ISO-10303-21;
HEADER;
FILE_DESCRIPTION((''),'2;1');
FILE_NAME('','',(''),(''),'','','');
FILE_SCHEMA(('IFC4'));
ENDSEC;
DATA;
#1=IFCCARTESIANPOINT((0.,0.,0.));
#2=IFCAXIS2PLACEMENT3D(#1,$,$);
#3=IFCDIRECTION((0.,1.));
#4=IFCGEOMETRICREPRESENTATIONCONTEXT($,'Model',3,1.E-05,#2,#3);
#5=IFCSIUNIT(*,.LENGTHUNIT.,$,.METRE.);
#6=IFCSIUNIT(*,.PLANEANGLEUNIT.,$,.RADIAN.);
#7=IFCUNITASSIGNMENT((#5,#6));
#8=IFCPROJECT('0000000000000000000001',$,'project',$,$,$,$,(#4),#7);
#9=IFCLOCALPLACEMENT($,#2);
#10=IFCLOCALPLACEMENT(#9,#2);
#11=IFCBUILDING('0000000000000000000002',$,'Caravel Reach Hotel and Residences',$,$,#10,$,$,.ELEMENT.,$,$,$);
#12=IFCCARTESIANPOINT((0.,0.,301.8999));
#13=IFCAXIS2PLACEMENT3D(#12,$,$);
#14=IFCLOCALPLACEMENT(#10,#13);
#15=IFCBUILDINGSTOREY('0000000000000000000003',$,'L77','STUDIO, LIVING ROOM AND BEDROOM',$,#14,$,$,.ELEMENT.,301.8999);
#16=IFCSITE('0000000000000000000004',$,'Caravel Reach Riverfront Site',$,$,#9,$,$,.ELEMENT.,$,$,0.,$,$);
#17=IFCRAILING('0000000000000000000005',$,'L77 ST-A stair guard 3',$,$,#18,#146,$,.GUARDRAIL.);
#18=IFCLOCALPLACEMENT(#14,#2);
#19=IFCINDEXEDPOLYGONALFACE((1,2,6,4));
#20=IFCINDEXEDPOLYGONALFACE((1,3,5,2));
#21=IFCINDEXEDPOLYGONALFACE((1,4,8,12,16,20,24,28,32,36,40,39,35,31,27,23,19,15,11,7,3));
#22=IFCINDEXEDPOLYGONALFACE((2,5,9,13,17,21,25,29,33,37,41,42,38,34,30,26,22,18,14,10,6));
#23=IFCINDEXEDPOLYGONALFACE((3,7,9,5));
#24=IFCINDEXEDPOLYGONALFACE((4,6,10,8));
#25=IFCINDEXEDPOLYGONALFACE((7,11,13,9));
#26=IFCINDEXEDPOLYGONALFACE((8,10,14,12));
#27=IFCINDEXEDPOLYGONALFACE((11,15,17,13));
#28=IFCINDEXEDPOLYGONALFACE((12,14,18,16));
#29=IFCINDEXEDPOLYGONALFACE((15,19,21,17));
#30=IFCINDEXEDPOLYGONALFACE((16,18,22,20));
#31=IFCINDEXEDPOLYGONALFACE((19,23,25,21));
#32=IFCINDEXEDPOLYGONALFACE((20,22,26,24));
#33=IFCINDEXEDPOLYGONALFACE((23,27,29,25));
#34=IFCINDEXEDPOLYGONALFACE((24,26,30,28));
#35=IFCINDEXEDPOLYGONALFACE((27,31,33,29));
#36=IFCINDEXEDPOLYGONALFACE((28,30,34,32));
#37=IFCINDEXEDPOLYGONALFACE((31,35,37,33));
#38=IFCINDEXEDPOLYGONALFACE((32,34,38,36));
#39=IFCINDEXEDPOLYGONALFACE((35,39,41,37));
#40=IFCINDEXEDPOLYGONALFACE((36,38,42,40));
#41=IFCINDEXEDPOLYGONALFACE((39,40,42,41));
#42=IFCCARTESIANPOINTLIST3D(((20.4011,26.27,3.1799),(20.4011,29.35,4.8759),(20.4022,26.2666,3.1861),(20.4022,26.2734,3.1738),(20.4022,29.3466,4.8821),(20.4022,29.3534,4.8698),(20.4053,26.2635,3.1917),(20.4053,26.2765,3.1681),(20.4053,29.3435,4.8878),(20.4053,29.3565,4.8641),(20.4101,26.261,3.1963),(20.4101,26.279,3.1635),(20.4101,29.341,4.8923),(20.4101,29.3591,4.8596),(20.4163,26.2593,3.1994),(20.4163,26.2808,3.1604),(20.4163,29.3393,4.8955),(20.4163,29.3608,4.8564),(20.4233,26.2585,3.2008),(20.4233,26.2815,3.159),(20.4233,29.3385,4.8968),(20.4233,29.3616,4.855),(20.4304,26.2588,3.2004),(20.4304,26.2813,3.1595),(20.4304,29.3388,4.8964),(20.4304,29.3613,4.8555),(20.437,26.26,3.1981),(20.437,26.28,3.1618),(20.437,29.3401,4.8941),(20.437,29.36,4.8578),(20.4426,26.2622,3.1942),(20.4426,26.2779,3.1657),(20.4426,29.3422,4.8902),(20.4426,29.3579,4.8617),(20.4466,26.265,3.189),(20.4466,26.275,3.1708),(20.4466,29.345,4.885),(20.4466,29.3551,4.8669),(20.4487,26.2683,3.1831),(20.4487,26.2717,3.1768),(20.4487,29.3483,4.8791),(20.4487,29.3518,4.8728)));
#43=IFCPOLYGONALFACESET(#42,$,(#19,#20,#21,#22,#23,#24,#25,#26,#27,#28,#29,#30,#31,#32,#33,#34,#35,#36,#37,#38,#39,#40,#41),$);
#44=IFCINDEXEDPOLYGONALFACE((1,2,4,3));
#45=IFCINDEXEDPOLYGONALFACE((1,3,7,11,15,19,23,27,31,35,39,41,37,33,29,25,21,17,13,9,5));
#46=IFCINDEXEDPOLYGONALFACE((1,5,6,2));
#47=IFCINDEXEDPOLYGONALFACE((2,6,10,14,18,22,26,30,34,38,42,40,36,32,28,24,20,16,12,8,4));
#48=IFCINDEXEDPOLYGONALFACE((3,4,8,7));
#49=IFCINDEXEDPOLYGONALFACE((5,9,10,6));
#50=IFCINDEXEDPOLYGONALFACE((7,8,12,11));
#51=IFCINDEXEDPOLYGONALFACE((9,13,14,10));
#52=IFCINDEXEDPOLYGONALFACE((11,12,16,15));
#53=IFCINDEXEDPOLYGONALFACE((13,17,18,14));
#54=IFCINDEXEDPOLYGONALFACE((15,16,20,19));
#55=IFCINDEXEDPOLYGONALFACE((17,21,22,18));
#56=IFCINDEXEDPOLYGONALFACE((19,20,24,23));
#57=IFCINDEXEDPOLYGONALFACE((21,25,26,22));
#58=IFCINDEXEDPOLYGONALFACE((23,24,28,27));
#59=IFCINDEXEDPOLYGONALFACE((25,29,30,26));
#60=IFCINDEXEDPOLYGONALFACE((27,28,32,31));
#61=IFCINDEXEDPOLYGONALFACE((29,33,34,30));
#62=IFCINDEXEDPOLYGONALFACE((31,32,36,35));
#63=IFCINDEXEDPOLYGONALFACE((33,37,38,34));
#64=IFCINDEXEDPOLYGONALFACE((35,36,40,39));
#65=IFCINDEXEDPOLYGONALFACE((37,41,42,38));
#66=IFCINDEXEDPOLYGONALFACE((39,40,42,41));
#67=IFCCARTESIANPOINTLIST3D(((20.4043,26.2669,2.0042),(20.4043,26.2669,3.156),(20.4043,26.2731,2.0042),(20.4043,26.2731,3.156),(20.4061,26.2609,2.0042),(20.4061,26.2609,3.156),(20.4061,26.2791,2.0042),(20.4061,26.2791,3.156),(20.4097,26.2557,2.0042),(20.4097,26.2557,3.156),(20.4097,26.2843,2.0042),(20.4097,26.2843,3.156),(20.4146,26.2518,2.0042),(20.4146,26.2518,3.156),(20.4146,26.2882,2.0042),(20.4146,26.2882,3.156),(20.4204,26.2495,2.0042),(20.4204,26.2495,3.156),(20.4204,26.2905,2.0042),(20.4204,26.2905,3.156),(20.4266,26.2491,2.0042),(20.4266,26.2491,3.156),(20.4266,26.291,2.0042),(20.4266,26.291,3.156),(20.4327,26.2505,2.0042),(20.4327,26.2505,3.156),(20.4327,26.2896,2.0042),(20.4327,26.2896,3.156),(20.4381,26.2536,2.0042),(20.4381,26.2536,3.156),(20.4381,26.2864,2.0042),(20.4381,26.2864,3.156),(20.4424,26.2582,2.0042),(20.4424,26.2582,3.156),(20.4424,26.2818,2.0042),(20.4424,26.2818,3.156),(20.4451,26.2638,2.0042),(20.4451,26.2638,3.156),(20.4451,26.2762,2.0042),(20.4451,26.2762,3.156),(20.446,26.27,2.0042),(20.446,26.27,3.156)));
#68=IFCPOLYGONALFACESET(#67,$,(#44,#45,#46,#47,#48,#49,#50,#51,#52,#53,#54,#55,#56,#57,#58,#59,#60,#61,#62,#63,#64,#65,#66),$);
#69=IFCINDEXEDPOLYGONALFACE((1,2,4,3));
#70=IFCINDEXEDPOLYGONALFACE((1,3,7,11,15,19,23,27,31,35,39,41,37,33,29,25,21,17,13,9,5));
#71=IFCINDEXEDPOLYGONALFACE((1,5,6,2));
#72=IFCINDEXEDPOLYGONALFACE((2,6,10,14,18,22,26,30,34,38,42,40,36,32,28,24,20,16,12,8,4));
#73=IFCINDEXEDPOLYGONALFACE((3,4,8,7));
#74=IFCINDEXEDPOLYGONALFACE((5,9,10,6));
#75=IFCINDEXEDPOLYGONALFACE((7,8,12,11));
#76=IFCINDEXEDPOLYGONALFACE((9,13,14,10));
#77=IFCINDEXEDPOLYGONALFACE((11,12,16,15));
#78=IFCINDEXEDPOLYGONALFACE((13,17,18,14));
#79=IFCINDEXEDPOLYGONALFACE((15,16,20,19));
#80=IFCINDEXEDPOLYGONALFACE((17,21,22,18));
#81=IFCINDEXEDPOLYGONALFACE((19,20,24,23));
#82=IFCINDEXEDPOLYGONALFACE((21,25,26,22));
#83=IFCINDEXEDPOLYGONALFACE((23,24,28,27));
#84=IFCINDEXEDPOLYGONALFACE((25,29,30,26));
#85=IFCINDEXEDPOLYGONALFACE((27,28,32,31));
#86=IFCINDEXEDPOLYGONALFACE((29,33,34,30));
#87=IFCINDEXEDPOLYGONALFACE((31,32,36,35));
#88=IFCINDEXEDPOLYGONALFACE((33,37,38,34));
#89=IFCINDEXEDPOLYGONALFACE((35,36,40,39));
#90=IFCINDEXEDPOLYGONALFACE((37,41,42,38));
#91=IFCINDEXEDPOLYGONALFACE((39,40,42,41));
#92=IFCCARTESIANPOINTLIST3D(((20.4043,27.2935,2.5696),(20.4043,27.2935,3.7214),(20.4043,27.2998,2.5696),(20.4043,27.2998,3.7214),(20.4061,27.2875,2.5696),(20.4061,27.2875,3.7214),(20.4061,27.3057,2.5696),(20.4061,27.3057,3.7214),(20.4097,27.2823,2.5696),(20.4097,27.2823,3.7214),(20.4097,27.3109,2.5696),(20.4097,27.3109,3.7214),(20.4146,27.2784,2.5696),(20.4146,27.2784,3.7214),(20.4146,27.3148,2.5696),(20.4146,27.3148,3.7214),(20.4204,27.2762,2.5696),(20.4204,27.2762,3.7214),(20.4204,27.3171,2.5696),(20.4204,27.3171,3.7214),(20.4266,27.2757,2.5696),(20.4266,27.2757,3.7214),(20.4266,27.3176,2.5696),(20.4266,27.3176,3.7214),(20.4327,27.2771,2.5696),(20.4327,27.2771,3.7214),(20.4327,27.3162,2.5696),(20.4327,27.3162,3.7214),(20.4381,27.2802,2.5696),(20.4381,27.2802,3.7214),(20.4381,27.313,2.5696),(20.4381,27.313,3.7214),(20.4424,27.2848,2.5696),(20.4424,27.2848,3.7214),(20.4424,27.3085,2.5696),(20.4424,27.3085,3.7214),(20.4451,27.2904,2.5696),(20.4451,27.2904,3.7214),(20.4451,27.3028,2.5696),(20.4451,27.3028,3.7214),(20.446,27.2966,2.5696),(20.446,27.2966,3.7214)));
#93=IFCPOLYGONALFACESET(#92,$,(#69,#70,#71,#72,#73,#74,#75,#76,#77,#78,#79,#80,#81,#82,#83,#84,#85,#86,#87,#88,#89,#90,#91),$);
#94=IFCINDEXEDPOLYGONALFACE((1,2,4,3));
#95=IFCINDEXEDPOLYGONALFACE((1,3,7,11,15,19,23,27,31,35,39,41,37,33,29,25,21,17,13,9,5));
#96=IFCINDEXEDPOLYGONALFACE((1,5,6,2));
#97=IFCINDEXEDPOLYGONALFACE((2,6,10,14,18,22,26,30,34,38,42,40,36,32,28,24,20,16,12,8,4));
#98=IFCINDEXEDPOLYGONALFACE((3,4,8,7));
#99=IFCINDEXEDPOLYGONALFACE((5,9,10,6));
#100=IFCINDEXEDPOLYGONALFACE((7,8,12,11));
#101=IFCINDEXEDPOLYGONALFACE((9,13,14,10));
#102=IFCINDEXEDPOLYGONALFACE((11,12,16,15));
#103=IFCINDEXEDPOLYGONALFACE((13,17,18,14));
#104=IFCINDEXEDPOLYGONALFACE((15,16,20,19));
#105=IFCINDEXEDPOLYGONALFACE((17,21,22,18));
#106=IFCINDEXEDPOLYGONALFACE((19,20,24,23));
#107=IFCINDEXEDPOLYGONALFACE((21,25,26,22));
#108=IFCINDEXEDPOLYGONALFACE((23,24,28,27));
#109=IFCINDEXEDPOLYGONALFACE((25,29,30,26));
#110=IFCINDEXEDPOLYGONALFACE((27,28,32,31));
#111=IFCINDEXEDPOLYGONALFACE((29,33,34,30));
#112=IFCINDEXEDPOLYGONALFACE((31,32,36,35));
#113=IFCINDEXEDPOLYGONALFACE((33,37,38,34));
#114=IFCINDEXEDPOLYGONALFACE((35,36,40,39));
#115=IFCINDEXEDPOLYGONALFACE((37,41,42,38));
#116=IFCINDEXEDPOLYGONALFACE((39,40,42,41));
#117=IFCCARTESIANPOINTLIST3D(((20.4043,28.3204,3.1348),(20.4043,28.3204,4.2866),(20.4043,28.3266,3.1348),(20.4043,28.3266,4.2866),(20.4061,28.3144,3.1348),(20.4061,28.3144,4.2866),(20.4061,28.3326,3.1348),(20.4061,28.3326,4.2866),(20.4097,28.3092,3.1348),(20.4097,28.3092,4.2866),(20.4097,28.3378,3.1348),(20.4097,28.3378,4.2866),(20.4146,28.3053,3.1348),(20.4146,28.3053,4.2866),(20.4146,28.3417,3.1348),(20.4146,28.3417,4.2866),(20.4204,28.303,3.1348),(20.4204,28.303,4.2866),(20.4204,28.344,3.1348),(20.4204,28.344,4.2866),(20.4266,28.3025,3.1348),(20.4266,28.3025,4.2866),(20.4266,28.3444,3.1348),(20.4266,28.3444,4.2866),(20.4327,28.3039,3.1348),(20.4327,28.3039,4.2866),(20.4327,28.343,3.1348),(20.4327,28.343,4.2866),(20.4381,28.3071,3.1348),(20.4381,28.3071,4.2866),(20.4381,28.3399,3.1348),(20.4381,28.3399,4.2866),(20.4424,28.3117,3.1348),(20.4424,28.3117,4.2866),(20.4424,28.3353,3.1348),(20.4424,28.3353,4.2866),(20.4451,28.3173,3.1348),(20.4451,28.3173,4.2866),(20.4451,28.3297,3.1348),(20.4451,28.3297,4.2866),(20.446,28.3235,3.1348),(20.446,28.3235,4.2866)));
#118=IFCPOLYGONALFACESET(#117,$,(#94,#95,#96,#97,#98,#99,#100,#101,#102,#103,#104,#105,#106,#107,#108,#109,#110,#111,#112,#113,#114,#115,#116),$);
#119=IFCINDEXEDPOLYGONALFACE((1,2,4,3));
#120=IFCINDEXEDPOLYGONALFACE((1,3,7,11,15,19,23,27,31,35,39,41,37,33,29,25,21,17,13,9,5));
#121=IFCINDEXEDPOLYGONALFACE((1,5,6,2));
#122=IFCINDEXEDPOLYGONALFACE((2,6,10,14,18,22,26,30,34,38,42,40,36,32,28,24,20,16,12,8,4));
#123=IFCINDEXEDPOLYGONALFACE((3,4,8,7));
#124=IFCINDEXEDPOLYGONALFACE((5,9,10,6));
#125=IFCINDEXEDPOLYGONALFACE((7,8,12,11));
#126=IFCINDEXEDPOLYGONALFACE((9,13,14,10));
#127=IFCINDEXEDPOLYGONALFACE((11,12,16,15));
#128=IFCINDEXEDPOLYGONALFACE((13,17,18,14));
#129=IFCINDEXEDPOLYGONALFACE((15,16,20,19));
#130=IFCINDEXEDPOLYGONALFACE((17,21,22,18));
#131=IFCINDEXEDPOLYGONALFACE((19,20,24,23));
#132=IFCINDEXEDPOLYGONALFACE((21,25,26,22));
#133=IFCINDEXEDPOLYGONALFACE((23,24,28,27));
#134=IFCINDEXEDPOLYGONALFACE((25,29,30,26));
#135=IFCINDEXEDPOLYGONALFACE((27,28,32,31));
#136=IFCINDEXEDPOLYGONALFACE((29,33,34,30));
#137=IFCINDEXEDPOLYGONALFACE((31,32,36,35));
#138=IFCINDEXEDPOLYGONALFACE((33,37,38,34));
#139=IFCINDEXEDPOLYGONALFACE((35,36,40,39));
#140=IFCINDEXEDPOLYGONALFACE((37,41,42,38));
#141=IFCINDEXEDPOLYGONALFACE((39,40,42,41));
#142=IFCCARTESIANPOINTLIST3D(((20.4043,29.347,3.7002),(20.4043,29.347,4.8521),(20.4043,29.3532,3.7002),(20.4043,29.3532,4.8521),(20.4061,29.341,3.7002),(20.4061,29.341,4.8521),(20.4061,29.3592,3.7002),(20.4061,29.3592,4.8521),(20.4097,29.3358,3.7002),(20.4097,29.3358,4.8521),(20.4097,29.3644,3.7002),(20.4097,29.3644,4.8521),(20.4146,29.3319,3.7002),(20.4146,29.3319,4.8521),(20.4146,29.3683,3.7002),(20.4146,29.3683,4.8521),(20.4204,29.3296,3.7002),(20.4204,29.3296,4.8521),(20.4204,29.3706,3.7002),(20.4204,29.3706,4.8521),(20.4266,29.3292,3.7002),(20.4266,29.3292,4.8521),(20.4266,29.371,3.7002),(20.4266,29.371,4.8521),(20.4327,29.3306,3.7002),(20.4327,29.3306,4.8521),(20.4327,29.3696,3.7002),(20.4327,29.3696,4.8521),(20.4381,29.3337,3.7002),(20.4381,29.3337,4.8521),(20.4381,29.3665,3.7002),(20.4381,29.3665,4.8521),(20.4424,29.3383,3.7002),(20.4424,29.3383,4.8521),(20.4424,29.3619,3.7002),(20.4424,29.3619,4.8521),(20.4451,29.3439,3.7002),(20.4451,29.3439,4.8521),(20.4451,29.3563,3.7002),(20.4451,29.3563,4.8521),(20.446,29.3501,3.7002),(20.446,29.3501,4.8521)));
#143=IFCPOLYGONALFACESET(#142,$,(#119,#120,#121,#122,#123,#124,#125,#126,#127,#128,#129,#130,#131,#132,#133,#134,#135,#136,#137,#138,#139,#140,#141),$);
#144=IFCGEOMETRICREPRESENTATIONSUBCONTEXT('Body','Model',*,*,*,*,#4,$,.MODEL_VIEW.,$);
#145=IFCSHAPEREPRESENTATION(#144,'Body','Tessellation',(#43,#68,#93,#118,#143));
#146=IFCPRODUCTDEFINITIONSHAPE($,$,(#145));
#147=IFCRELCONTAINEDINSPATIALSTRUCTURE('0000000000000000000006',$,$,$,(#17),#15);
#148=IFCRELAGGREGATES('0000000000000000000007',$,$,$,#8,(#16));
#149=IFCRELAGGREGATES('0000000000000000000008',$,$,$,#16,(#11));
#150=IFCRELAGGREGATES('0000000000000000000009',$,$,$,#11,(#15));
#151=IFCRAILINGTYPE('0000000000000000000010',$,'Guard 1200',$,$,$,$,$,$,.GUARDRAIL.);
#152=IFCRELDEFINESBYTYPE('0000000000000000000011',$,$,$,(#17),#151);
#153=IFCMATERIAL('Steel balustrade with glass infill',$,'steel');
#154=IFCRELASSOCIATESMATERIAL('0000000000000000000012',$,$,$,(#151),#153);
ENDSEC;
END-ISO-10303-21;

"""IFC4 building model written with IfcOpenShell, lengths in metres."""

from ifc_helpers import new_model, si_unit, direction, frame, origin, origin_2d, place, context, subcontext, project, spatial, circle, extrude, material, type_object, element, save


model = new_model("IFC4")

# Units and contexts
model_context = context("Model", 3, precision=1e-05, world=origin(), true_north=direction((0.0, 1.0)))
body_context = subcontext(model_context, "Body", "Model", "MODEL_VIEW")
ifc_project = project(units=[si_unit("LENGTHUNIT", "METRE"), si_unit("PLANEANGLEUNIT", "RADIAN")], contexts=[model_context])

# Site, building, storey
site_placement = place(None, origin())
site = spatial("IfcSite", under=ifc_project, at=site_placement, Name="Caravel Reach Riverfront Site", CompositionType="ELEMENT", RefElevation=0.0)
building_placement = place(site_placement, origin())
building = spatial("IfcBuilding", under=site, at=building_placement, Name="Caravel Reach Hotel and Residences", CompositionType="ELEMENT")
storey_placement = place(building_placement, frame((0.0, 0.0, 301.8999)))
storey = spatial("IfcBuildingStorey", under=building, at=storey_placement, Name="L77", Description="STUDIO, LIVING ROOM AND BEDROOM", CompositionType="ELEMENT", Elevation=301.8999)

# Railing
ifc_material_1 = material(Name="Steel balustrade with glass infill", Category="steel")
railing_type_1 = type_object("IfcRailingType", Name="Guard 1200", PredefinedType="GUARDRAIL", material=ifc_material_1)
railing_1_placement = place(storey_placement, frame((20.425, 26.27, 2.0042)))
element("IfcRailing", 1, at=railing_1_placement, inside=storey, type_object=railing_type_1, Name="L77 ST-A stair guard 3", PredefinedType="GUARDRAIL", context=body_context, shape_type="SweptSolid", body=[
    extrude(circle(Radius=0.0239, at=origin_2d()), frame((0.0, 0.0, 1.1758), z_axis=(0.0, 0.875975, 0.482356), x_axis=(-1.0, 0.0, 0.0)), (0.0, 0.0, 1.0), 3.5161),
    extrude(circle(Radius=0.021, at=origin_2d()), origin(), (0.0, 0.0, 1.0), 1.1519),
    extrude(circle(Radius=0.021, at=origin_2d()), frame((0.0, 1.0266, 0.5654)), (0.0, 0.0, 1.0), 1.1519),
    extrude(circle(Radius=0.021, at=origin_2d()), frame((0.0, 2.0535, 1.1306)), (0.0, 0.0, 1.0), 1.1519),
    extrude(circle(Radius=0.021, at=origin_2d()), frame((0.0, 3.0801, 1.696)), (0.0, 0.0, 1.0), 1.1519),
])

save(model, "model.ifc")
